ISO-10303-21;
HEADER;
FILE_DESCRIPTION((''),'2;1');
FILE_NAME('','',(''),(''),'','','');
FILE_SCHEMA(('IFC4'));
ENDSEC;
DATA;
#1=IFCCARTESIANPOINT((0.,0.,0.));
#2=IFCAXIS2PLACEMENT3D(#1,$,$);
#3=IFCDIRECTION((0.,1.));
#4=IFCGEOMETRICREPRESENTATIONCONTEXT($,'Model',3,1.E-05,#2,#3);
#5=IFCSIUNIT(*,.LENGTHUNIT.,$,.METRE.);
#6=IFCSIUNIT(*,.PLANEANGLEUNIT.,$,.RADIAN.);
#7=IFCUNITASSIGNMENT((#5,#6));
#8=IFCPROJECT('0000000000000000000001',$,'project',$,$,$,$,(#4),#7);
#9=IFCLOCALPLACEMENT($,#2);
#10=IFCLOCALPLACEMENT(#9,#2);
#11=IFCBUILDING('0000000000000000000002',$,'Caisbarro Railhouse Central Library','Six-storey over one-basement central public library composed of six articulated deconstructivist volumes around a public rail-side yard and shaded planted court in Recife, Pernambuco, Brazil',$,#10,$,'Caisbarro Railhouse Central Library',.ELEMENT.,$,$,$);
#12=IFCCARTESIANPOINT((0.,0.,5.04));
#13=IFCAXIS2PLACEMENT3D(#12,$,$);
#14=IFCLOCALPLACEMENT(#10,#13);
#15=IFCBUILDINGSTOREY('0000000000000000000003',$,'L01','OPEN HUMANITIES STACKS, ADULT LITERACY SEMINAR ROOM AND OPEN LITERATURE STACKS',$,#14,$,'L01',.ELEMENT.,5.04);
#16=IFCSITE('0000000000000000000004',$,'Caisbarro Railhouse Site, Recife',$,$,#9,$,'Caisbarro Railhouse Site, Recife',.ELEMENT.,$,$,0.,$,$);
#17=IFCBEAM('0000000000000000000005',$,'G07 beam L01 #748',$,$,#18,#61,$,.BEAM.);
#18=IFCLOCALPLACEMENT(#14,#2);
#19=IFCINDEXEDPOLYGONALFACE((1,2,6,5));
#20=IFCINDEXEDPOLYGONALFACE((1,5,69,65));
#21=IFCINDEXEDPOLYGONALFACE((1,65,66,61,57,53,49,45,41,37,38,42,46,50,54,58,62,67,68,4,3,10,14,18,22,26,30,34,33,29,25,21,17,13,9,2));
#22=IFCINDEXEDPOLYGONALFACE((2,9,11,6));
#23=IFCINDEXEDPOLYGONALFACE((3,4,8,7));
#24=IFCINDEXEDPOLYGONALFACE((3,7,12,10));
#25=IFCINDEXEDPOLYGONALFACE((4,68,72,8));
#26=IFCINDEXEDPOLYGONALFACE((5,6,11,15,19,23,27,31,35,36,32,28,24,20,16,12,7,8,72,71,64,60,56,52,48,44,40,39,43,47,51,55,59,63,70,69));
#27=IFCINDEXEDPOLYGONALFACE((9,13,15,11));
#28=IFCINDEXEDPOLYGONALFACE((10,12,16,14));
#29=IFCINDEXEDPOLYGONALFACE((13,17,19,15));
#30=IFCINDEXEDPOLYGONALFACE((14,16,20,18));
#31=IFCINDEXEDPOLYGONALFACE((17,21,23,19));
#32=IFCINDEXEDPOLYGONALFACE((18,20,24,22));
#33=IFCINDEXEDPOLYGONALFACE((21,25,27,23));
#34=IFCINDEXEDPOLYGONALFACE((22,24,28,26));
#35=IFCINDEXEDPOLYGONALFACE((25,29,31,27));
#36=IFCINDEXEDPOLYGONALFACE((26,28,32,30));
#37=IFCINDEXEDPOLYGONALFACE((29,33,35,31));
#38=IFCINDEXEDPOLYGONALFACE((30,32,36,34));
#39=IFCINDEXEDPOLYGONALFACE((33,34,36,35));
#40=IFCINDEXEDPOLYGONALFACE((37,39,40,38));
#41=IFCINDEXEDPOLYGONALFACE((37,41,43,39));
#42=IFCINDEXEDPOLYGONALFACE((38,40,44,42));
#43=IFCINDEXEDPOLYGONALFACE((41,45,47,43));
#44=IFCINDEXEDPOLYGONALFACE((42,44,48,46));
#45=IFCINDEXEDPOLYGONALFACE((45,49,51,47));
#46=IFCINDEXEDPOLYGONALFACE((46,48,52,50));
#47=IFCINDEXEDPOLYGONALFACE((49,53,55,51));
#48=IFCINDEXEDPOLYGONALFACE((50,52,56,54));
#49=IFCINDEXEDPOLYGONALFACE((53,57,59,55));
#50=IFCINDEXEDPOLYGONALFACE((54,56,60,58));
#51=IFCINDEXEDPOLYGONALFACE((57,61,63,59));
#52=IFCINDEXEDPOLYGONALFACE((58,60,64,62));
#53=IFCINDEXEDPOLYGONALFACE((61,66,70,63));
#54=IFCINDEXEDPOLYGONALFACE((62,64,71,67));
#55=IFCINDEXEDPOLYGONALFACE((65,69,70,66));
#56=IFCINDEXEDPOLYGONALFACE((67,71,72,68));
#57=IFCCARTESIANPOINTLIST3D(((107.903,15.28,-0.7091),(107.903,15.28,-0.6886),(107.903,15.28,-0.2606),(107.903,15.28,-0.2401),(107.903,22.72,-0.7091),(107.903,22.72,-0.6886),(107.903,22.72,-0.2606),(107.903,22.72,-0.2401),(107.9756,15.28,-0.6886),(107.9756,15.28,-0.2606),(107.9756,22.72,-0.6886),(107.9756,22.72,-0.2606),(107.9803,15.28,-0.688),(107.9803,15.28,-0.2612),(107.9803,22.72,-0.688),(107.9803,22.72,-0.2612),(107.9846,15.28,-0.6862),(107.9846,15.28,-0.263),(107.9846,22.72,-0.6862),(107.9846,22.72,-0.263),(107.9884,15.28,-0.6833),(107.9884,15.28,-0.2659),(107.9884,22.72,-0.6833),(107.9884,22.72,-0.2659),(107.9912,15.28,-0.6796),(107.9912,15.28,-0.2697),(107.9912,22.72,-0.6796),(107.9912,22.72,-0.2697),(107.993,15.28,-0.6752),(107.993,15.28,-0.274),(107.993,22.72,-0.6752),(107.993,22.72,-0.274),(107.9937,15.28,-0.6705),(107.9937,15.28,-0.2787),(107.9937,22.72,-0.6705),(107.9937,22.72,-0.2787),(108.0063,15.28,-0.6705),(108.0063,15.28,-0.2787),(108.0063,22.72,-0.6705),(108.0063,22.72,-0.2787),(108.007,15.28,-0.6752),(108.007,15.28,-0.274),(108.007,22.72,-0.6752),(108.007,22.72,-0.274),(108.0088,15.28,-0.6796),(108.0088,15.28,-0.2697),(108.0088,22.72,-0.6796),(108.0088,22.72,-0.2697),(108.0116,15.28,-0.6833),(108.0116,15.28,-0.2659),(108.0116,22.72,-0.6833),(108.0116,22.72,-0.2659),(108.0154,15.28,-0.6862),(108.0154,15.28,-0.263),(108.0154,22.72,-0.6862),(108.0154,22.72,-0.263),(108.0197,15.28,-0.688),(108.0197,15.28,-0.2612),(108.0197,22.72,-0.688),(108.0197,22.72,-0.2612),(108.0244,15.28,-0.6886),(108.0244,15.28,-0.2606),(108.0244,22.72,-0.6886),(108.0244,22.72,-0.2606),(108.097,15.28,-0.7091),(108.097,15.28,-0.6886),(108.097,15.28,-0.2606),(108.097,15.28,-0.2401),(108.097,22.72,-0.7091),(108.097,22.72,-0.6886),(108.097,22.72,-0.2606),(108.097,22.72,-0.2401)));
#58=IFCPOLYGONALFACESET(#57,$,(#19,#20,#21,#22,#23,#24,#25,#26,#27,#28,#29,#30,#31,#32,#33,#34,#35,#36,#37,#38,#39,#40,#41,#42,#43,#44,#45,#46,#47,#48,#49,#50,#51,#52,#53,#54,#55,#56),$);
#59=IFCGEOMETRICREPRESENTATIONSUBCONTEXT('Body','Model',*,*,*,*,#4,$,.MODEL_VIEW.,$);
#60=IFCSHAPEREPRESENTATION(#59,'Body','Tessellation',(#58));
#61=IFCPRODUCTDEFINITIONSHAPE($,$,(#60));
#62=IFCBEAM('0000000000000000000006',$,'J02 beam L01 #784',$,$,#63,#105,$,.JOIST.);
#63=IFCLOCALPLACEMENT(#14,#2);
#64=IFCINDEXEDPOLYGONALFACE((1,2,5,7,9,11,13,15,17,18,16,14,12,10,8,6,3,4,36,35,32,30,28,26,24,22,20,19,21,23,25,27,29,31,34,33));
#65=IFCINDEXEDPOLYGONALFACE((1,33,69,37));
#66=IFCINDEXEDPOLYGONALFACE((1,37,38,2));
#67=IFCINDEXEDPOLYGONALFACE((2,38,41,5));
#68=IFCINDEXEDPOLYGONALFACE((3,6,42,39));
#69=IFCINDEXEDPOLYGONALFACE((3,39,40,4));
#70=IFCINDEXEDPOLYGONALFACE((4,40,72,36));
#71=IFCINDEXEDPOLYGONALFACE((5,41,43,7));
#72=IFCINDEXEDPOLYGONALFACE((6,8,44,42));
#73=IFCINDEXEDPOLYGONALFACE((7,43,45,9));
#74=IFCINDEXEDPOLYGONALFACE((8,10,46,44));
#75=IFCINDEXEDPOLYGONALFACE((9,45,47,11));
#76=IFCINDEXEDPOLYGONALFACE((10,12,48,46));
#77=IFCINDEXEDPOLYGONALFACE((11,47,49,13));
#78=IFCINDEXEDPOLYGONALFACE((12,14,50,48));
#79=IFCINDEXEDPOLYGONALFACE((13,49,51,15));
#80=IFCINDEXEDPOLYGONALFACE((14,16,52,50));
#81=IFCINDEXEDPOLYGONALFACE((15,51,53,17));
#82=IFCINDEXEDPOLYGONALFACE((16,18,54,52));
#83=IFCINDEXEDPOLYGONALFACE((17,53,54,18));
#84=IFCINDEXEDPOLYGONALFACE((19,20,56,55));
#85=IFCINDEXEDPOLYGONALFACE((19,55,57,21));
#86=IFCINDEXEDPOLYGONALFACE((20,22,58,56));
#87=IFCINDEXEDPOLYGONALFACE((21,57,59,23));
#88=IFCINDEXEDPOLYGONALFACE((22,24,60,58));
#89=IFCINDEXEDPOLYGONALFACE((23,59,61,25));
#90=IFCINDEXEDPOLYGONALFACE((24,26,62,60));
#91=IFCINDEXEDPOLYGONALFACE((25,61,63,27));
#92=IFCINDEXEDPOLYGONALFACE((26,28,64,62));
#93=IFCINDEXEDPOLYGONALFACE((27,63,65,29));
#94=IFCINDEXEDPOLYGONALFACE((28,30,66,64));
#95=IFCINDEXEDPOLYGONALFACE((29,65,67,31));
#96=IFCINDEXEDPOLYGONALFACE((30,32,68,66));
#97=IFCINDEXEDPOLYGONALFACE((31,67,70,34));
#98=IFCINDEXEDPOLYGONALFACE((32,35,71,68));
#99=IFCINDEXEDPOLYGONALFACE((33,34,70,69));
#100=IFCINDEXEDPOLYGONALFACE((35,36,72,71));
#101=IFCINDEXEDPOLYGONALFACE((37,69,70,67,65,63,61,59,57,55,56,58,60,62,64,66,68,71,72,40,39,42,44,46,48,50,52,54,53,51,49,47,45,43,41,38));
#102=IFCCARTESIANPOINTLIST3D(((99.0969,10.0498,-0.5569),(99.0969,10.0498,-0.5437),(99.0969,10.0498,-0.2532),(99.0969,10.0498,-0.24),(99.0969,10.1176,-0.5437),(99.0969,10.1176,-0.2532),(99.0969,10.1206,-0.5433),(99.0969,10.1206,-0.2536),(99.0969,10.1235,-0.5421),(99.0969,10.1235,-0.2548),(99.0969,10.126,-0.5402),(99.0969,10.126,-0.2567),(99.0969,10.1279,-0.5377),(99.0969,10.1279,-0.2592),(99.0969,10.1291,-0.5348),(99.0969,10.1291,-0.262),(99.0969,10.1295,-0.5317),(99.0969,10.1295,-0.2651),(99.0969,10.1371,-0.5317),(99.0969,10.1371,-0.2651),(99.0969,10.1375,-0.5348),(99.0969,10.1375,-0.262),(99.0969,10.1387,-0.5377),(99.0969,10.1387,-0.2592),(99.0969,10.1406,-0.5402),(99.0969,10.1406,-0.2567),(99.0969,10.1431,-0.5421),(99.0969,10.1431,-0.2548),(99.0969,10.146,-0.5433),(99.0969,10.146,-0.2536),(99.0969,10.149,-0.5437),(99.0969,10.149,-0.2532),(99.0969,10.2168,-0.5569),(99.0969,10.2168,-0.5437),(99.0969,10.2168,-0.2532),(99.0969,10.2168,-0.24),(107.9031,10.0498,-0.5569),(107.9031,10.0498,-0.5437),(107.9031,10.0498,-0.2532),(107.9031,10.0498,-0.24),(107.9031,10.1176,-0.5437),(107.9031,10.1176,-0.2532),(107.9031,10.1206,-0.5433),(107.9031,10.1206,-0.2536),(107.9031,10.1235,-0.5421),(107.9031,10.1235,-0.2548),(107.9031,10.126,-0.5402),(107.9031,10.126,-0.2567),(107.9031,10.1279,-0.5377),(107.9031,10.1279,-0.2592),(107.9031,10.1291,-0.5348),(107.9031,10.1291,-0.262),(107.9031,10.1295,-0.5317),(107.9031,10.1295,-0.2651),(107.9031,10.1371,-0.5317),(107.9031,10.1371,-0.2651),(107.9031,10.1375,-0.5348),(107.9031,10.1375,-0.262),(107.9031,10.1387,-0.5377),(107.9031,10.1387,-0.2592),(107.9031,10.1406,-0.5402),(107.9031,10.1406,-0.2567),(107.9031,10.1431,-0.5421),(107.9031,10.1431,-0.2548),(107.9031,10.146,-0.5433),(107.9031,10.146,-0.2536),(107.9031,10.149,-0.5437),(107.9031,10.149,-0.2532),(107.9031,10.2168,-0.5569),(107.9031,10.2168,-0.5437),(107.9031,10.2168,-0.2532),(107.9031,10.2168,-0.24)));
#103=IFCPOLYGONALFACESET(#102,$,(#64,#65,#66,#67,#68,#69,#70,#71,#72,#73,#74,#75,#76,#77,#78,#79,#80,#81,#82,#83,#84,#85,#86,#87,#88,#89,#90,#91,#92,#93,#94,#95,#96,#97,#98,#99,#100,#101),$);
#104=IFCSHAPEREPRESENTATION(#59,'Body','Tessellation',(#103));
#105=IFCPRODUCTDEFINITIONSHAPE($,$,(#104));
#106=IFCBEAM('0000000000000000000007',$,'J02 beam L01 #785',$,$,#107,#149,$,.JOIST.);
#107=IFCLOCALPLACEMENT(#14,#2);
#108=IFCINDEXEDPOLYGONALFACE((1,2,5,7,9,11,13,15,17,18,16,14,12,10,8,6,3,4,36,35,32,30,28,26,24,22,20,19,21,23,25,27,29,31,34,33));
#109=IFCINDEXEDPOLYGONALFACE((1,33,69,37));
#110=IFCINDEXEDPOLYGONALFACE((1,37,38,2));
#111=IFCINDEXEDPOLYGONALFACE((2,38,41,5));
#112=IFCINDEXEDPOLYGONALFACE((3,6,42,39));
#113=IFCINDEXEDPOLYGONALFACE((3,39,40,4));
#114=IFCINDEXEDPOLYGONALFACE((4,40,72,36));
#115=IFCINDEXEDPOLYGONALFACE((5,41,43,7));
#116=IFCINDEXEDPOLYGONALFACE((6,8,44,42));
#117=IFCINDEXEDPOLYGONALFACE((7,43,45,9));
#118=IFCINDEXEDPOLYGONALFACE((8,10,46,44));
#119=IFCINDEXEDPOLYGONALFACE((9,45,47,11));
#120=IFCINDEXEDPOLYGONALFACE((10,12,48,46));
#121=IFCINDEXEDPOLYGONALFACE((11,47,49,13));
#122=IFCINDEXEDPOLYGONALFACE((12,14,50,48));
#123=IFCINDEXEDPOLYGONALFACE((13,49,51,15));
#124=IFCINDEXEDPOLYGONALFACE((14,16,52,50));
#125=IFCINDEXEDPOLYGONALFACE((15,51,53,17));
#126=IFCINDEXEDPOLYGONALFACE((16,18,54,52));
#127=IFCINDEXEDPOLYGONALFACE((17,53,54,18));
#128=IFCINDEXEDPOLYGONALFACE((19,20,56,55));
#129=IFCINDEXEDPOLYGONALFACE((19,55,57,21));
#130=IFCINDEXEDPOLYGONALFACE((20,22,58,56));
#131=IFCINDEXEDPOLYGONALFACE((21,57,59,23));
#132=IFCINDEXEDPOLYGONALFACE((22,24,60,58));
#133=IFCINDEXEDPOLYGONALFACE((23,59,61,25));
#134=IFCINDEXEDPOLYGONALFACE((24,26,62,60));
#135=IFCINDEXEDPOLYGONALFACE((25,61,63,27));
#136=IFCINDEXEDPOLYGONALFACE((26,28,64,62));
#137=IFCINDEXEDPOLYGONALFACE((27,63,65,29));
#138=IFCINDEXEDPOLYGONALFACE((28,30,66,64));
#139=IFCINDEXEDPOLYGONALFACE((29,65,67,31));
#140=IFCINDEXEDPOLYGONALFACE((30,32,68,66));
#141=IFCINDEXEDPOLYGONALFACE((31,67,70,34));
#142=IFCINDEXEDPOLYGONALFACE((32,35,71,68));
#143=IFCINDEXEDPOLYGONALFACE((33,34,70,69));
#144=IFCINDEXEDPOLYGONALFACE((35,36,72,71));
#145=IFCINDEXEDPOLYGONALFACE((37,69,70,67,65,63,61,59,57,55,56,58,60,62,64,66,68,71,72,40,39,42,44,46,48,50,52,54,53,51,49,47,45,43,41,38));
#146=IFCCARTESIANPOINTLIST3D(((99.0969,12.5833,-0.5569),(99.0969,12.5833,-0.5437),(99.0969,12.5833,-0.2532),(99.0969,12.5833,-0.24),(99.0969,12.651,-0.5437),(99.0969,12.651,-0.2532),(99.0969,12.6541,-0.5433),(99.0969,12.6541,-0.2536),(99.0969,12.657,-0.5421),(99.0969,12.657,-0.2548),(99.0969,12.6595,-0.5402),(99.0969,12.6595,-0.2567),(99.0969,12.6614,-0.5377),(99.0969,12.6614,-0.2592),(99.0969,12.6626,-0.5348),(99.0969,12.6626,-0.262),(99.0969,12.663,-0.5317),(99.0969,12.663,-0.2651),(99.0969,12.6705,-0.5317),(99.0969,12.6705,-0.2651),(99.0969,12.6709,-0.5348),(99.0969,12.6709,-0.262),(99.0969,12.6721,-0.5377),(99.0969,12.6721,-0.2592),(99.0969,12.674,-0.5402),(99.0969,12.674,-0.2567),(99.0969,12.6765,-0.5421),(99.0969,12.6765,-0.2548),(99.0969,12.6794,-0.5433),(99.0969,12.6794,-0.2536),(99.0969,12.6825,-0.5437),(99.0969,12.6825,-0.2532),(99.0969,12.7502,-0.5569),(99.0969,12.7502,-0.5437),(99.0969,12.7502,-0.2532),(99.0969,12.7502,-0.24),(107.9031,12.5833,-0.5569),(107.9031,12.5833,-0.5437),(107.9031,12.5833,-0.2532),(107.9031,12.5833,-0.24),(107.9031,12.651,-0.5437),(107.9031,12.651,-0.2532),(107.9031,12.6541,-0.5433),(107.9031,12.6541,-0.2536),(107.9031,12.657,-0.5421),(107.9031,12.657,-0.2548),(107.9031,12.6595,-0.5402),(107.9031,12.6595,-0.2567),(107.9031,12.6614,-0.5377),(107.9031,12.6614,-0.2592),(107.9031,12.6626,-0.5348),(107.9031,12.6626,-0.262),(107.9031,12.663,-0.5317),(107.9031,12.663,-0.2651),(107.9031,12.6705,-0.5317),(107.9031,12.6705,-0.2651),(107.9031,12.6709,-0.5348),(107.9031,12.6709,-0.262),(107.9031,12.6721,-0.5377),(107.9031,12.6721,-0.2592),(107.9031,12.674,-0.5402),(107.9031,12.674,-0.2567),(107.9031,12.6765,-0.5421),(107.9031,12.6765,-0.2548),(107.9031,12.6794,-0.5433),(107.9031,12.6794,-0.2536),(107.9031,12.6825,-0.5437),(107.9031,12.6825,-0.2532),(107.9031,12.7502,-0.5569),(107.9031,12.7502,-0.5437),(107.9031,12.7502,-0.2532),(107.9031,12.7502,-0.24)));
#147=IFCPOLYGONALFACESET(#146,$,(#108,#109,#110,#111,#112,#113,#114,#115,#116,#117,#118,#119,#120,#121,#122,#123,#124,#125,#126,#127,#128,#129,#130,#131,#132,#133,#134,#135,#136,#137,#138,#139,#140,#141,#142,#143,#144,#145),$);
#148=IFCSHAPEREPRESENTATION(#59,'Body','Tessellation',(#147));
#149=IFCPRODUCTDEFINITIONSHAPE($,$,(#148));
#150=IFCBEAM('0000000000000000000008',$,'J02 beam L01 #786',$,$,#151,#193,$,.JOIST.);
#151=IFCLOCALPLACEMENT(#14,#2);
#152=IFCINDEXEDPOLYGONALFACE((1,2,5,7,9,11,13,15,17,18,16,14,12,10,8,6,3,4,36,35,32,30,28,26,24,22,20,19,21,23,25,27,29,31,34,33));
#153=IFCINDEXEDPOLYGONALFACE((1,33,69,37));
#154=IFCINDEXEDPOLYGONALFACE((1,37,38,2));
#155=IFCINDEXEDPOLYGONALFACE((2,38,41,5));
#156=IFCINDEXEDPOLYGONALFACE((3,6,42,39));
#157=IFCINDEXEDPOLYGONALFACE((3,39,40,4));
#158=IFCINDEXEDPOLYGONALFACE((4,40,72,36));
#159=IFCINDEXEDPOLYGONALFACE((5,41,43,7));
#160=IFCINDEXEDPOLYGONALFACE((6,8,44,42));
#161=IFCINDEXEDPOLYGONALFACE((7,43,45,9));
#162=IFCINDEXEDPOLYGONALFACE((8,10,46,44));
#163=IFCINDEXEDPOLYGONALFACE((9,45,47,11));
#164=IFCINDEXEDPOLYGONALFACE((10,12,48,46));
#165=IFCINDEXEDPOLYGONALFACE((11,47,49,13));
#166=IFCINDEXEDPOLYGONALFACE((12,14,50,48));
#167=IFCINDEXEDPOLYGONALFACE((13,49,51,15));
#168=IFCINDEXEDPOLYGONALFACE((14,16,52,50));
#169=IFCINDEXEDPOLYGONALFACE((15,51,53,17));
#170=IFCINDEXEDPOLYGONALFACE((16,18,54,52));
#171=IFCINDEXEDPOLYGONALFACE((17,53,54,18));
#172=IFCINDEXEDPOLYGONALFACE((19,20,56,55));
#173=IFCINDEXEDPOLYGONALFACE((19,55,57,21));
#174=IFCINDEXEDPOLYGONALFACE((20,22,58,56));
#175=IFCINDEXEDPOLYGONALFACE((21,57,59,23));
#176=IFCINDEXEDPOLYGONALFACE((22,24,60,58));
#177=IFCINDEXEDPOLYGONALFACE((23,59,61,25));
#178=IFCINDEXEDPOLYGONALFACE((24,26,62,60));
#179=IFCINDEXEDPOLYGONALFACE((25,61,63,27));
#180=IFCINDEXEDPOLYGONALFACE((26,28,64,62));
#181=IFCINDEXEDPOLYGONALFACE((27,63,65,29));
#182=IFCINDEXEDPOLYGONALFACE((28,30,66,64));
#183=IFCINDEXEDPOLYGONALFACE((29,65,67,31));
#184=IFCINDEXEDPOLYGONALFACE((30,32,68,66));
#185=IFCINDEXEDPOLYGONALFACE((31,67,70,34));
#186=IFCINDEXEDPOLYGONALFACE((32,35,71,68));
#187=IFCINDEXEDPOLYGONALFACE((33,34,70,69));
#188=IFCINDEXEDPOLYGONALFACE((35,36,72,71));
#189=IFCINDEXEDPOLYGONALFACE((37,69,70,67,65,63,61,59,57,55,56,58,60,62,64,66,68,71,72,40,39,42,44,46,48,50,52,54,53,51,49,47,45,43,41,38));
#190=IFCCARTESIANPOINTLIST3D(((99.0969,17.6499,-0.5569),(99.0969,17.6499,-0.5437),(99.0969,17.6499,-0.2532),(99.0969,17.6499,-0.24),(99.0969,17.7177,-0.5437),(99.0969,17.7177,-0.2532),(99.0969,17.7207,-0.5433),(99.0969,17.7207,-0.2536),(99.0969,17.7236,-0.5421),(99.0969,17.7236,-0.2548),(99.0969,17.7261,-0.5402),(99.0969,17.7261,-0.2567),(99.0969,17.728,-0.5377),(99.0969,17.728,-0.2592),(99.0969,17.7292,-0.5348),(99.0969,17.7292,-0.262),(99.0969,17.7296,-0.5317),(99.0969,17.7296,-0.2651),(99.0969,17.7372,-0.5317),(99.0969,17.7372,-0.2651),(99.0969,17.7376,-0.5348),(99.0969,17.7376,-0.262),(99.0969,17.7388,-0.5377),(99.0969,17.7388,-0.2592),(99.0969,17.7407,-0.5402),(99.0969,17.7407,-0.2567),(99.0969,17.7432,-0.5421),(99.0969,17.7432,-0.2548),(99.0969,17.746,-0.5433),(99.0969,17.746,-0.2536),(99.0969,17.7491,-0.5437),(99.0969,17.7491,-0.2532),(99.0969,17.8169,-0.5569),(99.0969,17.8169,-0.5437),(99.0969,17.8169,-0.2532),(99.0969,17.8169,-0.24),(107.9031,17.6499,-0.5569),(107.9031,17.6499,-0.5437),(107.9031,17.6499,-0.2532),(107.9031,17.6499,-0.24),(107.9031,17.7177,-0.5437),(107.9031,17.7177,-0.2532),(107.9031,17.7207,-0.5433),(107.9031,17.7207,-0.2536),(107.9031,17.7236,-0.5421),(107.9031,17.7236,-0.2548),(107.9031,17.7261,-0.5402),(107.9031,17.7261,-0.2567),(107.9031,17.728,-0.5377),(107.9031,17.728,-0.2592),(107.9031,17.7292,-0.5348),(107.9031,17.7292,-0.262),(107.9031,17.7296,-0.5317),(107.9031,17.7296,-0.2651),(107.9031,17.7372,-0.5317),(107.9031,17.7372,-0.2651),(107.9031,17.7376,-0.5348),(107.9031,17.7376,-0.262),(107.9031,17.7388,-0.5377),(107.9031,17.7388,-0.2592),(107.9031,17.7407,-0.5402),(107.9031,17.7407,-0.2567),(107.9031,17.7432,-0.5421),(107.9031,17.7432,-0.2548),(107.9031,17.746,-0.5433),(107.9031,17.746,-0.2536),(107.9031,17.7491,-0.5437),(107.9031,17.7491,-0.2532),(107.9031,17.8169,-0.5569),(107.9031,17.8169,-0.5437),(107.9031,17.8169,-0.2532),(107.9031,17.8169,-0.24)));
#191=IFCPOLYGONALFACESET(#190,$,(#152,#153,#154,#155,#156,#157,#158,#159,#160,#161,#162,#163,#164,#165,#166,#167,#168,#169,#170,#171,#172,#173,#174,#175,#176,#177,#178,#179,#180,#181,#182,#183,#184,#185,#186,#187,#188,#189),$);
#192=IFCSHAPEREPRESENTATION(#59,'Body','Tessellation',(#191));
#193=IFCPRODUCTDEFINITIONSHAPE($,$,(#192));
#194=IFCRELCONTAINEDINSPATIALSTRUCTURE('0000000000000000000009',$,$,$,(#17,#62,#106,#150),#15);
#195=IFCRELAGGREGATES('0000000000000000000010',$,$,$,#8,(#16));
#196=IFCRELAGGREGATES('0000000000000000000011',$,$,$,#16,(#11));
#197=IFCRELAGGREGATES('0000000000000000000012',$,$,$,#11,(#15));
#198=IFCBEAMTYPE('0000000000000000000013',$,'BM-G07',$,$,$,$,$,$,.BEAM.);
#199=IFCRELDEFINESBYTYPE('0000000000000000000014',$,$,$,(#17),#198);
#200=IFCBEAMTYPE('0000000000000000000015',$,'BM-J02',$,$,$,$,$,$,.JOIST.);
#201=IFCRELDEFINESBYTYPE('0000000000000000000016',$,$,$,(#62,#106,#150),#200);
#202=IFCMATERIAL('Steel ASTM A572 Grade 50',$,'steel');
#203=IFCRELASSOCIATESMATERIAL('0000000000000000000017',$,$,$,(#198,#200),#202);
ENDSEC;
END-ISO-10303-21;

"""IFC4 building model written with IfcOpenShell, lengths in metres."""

from ifc_helpers import new_model, si_unit, direction, frame, origin, origin_2d, place, context, subcontext, project, spatial, i_section, extrude, material, material_profile, profile_set, type_object, element, save


model = new_model("IFC4")

# Units and contexts
model_context = context("Model", 3, precision=1e-05, world=origin(), true_north=direction((0.0, 1.0)))
body_context = subcontext(model_context, "Body", "Model", "MODEL_VIEW")
ifc_project = project(units=[si_unit("LENGTHUNIT", "METRE"), si_unit("PLANEANGLEUNIT", "RADIAN")], contexts=[model_context])

# Site, building, storey
site_placement = place(None, origin())
site = spatial("IfcSite", under=ifc_project, at=site_placement, Name="Caisbarro Railhouse Site, Recife", LongName="Caisbarro Railhouse Site, Recife", CompositionType="ELEMENT", RefElevation=0.0)
building_placement = place(site_placement, origin())
building = spatial("IfcBuilding", under=site, at=building_placement, Name="Caisbarro Railhouse Central Library", Description="Six-storey over one-basement central public library composed of six articulated deconstructivist volumes around a public rail-side yard and shaded planted court in Recife, Pernambuco, Brazil", LongName="Caisbarro Railhouse Central Library", CompositionType="ELEMENT")
storey_placement = place(building_placement, frame((0.0, 0.0, 5.04)))
storey = spatial("IfcBuildingStorey", under=building, at=storey_placement, Name="L01", Description="OPEN HUMANITIES STACKS, ADULT LITERACY SEMINAR ROOM AND OPEN LITERATURE STACKS", LongName="L01", CompositionType="ELEMENT", Elevation=5.04)

# Shared definitions
ifc_material_1 = material(Name="Steel ASTM A572 Grade 50", Category="steel")

# Beams
ifc_material_profile_1 = material_profile(ifc_material_1, i_section(OverallWidth=0.1941, OverallDepth=0.469, WebThickness=0.0127, FlangeThickness=0.0205, FilletRadius=0.0181, at=origin_2d()), Name="W460X106.0")
ifc_profile_set_1 = profile_set([ifc_material_profile_1], Name="Steel ASTM A572 Grade 50")
beam_type_1 = type_object("IfcBeamType", Name="BM-G07", PredefinedType="BEAM", material=ifc_profile_set_1)
beam_1_placement = place(storey_placement, frame((108.0, 15.28, -0.4746), z_axis=(0.0, 1.0, 0.0), x_axis=(-1.0, 0.0, 0.0)))
element("IfcBeam", 1, at=beam_1_placement, inside=storey, type_object=beam_type_1, Name="G07 beam L01 #748", PredefinedType="BEAM", context=body_context, shape_type="SweptSolid", body=[
    extrude(i_section(OverallWidth=0.1941, OverallDepth=0.469, WebThickness=0.0127, FlangeThickness=0.0205, FilletRadius=0.0181, at=origin_2d()), origin(), (0.0, 0.0, 1.0), 7.4399),
])
ifc_material_profile_2 = material_profile(ifc_material_1, i_section(OverallWidth=0.167, OverallDepth=0.3169, WebThickness=0.0076, FlangeThickness=0.0132, FilletRadius=0.012, at=origin_2d()), Name="W310X52.0")
ifc_profile_set_2 = profile_set([ifc_material_profile_2], Name="Steel ASTM A572 Grade 50")
beam_type_2 = type_object("IfcBeamType", Name="BM-J02", PredefinedType="JOIST", material=ifc_profile_set_2)
for number, where, z_axis, x_axis, name in (
    (2, (99.0969, 10.1333, -0.3984), (1.0, 0.0, 0.0), (0.0, 1.0, 0.0), "J02 beam L01 #784"),
    (3, (99.0969, 12.6667, -0.3984), (1.0, 0.0, 0.0), (0.0, 1.0, 0.0), "J02 beam L01 #785"),
    (4, (99.0969, 17.7334, -0.3984), (1.0, 0.0, 0.0), (0.0, 1.0, 0.0), "J02 beam L01 #786"),
):
    element("IfcBeam", number, at=place(storey_placement, frame(where, z_axis=z_axis, x_axis=x_axis)), inside=storey, type_object=beam_type_2, Name=name, PredefinedType="JOIST", context=body_context, shape_type="SweptSolid", body=[
        extrude(i_section(OverallWidth=0.167, OverallDepth=0.3169, WebThickness=0.0076, FlangeThickness=0.0132, FilletRadius=0.012, at=origin_2d()), origin(), (0.0, 0.0, 1.0), 8.8062),
    ])

save(model, "model.ifc")
